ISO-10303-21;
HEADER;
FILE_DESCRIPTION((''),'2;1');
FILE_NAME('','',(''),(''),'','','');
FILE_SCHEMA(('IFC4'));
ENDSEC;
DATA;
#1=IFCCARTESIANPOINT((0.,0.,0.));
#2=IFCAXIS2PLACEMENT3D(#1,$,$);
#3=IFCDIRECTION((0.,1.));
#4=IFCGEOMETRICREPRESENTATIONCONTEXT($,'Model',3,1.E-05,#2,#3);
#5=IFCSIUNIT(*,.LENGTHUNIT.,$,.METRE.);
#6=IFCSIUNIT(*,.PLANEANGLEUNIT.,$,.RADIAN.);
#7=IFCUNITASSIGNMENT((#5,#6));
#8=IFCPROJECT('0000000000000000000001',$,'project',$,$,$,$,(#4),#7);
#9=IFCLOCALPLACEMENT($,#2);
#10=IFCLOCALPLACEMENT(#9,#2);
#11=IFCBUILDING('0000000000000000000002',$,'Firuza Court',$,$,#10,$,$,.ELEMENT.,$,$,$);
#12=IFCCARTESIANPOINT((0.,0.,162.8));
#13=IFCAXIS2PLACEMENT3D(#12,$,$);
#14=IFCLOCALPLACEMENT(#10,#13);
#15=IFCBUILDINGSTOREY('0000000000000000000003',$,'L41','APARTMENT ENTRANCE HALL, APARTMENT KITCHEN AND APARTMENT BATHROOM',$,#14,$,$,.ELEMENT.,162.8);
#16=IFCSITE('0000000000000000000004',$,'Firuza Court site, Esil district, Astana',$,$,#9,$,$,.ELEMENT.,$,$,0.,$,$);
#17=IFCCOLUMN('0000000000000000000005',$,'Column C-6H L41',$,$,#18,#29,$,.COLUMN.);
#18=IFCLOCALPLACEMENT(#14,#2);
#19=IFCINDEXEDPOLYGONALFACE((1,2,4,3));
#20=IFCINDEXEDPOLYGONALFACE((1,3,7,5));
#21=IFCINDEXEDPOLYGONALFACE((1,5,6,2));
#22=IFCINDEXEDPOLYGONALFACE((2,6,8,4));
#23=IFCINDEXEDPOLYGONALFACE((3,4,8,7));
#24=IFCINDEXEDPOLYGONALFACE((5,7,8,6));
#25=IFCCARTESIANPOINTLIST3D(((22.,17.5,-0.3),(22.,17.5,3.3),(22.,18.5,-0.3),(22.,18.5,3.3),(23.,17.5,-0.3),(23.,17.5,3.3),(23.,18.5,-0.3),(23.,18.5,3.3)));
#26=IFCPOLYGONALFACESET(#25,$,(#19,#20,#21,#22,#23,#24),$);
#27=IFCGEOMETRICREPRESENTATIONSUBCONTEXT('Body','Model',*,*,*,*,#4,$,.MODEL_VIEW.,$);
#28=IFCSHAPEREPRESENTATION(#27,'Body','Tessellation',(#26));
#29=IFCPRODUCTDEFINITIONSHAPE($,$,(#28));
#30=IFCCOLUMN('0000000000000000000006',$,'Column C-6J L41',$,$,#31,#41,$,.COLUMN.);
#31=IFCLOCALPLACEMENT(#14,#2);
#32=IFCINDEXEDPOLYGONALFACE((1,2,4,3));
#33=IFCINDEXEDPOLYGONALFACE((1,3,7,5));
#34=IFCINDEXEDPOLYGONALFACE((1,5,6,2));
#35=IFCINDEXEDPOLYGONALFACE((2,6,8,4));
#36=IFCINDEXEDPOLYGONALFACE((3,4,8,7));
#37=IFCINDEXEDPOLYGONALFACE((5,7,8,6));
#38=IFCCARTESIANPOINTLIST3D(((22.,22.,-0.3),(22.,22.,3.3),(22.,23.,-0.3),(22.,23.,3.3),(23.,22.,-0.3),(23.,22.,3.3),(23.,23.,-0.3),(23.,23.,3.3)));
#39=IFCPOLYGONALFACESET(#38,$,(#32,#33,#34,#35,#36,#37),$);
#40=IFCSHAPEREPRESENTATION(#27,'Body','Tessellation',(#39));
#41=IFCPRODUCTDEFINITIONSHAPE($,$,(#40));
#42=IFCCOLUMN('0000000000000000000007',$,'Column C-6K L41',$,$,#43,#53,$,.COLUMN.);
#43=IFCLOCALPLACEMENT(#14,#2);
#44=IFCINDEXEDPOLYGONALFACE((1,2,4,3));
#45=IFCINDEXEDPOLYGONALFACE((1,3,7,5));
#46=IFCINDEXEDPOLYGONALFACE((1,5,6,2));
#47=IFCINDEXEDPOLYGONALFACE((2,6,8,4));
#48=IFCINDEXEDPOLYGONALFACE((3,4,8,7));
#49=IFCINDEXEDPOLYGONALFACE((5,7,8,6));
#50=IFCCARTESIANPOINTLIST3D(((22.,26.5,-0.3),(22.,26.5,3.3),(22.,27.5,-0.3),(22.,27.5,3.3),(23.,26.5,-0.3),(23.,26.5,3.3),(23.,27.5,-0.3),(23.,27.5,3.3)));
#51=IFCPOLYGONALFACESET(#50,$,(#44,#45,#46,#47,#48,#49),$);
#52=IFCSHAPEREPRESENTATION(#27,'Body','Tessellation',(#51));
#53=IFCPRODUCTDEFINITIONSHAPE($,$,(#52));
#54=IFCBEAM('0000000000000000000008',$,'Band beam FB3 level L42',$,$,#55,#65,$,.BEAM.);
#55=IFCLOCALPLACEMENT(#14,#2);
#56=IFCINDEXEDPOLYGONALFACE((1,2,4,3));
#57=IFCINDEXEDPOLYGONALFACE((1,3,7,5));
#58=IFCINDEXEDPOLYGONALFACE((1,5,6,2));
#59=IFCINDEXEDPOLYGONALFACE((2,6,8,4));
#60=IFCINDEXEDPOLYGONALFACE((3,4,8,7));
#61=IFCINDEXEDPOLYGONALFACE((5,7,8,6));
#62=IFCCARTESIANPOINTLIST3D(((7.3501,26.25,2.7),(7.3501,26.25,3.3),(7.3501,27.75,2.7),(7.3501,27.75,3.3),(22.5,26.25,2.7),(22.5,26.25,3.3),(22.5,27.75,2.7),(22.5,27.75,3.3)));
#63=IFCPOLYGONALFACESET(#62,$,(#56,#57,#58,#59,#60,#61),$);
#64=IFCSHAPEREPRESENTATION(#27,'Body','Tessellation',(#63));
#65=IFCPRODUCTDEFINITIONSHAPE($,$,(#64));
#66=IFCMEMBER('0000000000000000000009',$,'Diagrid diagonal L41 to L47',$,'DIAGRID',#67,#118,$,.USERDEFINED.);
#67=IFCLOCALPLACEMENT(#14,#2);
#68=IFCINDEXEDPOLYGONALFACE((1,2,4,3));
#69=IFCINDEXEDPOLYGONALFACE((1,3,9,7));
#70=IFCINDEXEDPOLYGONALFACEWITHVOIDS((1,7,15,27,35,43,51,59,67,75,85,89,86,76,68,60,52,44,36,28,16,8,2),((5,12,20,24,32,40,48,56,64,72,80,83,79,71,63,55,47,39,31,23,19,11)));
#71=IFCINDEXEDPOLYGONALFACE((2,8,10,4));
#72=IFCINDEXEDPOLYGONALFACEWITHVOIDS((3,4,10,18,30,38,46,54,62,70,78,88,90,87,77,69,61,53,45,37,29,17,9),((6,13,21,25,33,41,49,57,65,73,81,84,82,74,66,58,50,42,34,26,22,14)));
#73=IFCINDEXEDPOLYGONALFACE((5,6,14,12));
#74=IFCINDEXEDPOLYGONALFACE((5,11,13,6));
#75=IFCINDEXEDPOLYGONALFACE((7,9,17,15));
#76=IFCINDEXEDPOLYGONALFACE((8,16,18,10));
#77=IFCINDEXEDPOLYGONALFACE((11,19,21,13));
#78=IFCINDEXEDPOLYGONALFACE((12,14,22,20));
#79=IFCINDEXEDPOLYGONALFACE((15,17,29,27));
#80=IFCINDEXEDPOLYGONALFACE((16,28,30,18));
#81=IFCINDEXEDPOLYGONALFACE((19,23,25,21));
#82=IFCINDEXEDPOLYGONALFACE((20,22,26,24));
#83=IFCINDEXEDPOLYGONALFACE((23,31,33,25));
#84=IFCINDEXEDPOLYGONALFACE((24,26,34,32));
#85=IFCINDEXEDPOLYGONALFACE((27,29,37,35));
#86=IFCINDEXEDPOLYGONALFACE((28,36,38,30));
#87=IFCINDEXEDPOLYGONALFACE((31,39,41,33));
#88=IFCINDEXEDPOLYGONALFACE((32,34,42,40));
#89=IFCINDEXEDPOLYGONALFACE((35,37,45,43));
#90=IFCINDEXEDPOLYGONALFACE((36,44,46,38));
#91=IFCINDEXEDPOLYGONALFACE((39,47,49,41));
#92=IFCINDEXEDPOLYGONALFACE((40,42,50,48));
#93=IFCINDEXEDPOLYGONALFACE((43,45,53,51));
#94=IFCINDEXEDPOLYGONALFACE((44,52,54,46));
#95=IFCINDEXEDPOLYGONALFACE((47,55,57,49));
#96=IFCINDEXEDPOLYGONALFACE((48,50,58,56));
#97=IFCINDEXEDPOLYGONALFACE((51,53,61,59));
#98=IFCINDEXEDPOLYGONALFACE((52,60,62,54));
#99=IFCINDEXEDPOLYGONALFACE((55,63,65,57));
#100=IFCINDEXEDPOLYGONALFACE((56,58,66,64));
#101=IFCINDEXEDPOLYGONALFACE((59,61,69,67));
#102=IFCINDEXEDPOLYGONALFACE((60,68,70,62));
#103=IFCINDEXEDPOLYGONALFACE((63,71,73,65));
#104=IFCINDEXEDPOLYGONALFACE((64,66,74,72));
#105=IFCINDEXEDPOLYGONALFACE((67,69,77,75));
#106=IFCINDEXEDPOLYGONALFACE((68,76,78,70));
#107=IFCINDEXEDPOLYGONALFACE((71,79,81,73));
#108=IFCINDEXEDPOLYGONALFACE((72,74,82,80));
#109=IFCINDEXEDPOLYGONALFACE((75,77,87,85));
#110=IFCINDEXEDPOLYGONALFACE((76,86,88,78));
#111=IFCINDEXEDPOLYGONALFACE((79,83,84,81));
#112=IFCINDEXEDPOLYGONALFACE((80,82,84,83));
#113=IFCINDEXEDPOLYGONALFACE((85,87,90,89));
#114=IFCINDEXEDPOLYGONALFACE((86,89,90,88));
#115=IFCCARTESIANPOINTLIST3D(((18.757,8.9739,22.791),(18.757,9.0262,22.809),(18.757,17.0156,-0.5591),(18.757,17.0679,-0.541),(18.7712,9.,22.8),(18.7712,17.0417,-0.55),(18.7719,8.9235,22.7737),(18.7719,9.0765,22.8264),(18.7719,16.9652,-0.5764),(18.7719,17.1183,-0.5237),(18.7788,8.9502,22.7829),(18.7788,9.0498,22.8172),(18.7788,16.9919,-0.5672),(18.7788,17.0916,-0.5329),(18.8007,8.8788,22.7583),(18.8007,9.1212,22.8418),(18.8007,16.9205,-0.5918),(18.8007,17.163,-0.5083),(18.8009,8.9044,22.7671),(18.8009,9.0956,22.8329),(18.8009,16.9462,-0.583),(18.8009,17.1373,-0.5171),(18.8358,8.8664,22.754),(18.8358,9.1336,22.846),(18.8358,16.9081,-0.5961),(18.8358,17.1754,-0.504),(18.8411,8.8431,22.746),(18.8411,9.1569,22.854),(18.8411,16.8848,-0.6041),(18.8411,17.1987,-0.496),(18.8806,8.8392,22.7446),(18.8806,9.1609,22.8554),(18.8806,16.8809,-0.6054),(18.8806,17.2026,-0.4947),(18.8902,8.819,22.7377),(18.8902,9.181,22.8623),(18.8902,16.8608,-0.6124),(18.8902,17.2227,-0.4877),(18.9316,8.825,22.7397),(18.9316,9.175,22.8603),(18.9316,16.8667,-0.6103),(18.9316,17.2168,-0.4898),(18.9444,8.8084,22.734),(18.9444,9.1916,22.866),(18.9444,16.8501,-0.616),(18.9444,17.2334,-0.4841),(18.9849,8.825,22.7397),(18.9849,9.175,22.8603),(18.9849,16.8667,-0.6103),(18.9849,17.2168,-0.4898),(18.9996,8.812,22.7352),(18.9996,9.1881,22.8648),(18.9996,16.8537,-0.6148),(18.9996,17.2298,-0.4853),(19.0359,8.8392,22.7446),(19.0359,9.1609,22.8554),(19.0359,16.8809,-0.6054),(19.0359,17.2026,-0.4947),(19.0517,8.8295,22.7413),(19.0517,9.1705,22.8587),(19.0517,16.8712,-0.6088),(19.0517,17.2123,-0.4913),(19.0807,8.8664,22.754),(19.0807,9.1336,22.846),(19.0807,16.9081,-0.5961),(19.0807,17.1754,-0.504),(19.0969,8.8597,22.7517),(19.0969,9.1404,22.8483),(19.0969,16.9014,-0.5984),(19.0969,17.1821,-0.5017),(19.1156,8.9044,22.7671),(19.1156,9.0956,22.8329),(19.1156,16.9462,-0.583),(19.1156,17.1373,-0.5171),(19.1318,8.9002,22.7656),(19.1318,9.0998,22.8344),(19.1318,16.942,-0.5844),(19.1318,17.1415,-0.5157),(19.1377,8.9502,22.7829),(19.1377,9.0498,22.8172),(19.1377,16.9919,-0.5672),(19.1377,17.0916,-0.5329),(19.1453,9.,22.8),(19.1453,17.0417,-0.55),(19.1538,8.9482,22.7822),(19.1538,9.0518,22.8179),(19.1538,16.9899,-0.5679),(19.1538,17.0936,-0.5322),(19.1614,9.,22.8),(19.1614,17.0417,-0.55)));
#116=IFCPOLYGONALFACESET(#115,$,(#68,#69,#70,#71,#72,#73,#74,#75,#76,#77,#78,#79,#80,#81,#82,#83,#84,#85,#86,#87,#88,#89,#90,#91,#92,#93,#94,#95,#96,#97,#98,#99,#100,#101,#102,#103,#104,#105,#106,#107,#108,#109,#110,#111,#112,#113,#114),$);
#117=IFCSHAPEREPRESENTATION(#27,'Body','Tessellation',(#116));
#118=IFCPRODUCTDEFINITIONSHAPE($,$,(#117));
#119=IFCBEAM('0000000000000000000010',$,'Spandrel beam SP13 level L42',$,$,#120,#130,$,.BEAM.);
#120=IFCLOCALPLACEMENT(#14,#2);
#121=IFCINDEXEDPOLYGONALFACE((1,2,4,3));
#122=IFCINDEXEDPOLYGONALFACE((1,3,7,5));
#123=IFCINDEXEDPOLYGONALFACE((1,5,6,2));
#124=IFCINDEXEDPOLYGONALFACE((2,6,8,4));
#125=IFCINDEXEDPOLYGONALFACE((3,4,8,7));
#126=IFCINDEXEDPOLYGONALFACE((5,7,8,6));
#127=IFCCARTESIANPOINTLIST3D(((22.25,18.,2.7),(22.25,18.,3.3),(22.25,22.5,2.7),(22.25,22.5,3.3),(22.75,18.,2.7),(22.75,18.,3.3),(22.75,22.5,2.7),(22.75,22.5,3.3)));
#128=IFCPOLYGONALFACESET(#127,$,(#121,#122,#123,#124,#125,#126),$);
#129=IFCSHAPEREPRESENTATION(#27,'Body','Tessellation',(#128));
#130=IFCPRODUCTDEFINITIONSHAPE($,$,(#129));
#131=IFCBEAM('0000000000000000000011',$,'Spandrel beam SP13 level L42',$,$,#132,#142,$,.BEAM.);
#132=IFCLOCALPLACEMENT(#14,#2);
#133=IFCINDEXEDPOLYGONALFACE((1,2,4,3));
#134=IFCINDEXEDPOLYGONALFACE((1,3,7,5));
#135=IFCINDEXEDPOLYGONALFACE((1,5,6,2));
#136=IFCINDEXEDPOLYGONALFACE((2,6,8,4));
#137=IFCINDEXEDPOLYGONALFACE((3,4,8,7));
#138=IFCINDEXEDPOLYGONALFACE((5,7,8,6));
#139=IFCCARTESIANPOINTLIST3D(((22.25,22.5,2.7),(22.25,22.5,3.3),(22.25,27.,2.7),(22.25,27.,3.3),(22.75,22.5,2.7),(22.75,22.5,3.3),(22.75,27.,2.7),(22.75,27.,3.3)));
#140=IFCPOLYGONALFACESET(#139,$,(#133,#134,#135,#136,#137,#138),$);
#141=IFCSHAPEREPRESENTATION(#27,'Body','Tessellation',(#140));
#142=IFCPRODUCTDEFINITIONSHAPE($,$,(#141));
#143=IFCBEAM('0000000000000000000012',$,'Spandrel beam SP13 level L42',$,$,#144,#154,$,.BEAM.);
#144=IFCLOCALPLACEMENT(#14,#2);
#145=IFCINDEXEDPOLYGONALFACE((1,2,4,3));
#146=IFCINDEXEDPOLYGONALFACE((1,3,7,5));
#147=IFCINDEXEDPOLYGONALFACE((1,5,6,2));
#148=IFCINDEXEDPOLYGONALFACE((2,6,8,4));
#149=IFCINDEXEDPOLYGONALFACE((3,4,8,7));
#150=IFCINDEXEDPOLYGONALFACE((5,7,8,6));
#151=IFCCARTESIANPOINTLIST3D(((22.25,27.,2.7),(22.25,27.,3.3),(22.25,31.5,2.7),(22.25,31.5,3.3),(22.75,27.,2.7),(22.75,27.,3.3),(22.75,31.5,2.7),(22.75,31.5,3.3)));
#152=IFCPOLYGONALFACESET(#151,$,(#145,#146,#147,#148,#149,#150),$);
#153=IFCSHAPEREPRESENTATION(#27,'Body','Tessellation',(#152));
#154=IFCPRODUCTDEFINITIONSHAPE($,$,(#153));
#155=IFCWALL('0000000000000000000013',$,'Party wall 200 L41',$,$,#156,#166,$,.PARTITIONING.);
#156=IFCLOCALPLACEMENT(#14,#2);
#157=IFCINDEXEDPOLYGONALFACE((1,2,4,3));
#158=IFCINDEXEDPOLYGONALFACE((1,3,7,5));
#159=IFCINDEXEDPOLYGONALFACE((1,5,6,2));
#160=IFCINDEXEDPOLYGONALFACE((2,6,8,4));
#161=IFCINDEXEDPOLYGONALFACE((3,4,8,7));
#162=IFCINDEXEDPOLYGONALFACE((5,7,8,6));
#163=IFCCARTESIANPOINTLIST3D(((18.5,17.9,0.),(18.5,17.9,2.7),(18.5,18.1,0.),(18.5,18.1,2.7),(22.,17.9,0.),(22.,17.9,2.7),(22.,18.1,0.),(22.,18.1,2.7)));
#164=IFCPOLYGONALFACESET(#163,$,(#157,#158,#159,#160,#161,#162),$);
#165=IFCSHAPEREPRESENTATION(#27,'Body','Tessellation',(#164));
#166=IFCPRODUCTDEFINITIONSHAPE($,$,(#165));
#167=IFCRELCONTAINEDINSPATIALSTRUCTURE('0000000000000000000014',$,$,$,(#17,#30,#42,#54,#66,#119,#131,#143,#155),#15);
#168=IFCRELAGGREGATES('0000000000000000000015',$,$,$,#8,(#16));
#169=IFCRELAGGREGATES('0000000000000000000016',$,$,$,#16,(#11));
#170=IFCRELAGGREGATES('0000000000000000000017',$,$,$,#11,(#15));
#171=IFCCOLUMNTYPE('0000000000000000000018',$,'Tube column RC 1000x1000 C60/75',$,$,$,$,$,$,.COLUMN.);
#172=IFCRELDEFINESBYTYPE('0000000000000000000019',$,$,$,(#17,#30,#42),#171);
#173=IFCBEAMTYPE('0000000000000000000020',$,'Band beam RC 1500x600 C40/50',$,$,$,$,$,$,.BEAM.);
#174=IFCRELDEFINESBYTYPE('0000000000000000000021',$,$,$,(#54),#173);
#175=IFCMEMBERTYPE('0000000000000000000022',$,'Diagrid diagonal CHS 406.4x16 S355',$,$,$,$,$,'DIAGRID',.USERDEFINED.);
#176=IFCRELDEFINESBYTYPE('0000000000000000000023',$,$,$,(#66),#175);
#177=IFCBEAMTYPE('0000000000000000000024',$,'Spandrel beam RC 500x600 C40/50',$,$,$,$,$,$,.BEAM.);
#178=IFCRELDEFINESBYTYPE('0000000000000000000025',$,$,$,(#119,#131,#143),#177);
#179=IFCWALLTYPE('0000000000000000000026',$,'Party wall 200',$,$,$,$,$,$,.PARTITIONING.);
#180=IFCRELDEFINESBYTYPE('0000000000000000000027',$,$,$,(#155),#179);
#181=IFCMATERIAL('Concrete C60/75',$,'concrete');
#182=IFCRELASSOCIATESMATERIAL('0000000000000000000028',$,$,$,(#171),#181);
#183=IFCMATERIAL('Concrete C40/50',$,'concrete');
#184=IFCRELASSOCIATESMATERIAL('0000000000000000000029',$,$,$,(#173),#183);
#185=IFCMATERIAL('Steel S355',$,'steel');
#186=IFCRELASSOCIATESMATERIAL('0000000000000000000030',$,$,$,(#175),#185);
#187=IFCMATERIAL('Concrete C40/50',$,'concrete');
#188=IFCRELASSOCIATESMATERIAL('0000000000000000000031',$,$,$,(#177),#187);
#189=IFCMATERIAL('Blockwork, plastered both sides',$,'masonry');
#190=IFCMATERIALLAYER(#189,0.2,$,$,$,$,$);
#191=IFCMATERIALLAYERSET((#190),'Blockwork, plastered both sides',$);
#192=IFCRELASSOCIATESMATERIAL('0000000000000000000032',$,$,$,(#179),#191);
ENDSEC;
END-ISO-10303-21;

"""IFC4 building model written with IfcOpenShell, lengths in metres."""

from ifc_helpers import new_model, si_unit, direction, frame, frame_2d, origin, origin_2d, place, context, subcontext, project, spatial, rectangle, hollow_circle, extrude, material, layer, layer_set, material_profile, profile_set, type_object, element, save


model = new_model("IFC4")

# Units and contexts
model_context = context("Model", 3, precision=1e-05, world=origin(), true_north=direction((0.0, 1.0)))
body_context = subcontext(model_context, "Body", "Model", "MODEL_VIEW")
ifc_project = project(units=[si_unit("LENGTHUNIT", "METRE"), si_unit("PLANEANGLEUNIT", "RADIAN")], contexts=[model_context])

# Site, building, storey
site_placement = place(None, origin())
site = spatial("IfcSite", under=ifc_project, at=site_placement, Name="Firuza Court site, Esil district, Astana", CompositionType="ELEMENT", RefElevation=0.0)
building_placement = place(site_placement, origin())
building = spatial("IfcBuilding", under=site, at=building_placement, Name="Firuza Court", CompositionType="ELEMENT")
storey_placement = place(building_placement, frame((0.0, 0.0, 162.8)))
storey = spatial("IfcBuildingStorey", under=building, at=storey_placement, Name="L41", Description="APARTMENT ENTRANCE HALL, APARTMENT KITCHEN AND APARTMENT BATHROOM", CompositionType="ELEMENT", Elevation=162.8)

# Columns
ifc_material_1 = material(Name="Concrete C60/75", Category="concrete")
ifc_material_profile_1 = material_profile(ifc_material_1, rectangle(XDim=1.0, YDim=1.0, at=origin_2d()), Name="RC 1000x1000")
ifc_profile_set_1 = profile_set([ifc_material_profile_1], Name="Concrete C60/75")
column_type = type_object("IfcColumnType", Name="Tube column RC 1000x1000 C60/75", PredefinedType="COLUMN", material=ifc_profile_set_1)
for number, where, z_axis, x_axis, name in (
    (1, (22.5, 18.0, -0.3), (0.0, 0.0, 1.0), (1.0, 0.0, 0.0), "Column C-6H L41"),
    (2, (22.5, 22.5, -0.3), (0.0, 0.0, 1.0), (1.0, 0.0, 0.0), "Column C-6J L41"),
    (3, (22.5, 27.0, -0.3), (0.0, 0.0, 1.0), (1.0, 0.0, 0.0), "Column C-6K L41"),
):
    element("IfcColumn", number, at=place(storey_placement, frame(where, z_axis=z_axis, x_axis=x_axis)), inside=storey, type_object=column_type, Name=name, PredefinedType="COLUMN", context=body_context, shape_type="SweptSolid", body=[
        extrude(rectangle(XDim=1.0, YDim=1.0, at=origin_2d()), origin(), (0.0, 0.0, 1.0), 3.6001),
    ])

# Beam
ifc_material_2 = material(Name="Concrete C40/50", Category="concrete")
ifc_material_profile_2 = material_profile(ifc_material_2, rectangle(XDim=1.5, YDim=0.6001, at=origin_2d()), Name="RC 1500x600")
ifc_profile_set_2 = profile_set([ifc_material_profile_2], Name="Concrete C40/50")
beam_type_1 = type_object("IfcBeamType", Name="Band beam RC 1500x600 C40/50", PredefinedType="BEAM", material=ifc_profile_set_2)
beam_placement = place(storey_placement, frame((22.5, 27.0, 3.0), z_axis=(-1.0, 0.0, 0.0), x_axis=(0.0, -1.0, 0.0)))
element("IfcBeam", 4, at=beam_placement, inside=storey, type_object=beam_type_1, Name="Band beam FB3 level L42", PredefinedType="BEAM", context=body_context, shape_type="SweptSolid", body=[
    extrude(rectangle(XDim=1.5, YDim=0.6001, at=origin_2d()), origin(), (0.0, 0.0, 1.0), 15.1499),
])

# Member
ifc_material_3 = material(Name="Steel S355", Category="steel")
ifc_material_profile_3 = material_profile(ifc_material_3, hollow_circle(Radius=0.2031, WallThickness=0.0161, at=origin_2d()), Name="CHS 406.4x16")
ifc_profile_set_3 = profile_set([ifc_material_profile_3], Name="Steel S355")
member_type = type_object("IfcMemberType", Name="Diagrid diagonal CHS 406.4x16 S355", ElementType="DIAGRID", PredefinedType="USERDEFINED", material=ifc_profile_set_3)
member_placement = place(storey_placement, frame((18.9583, 17.0417, -0.55), z_axis=(0.0, -0.325628, 0.945498), x_axis=(1.0, 0.0, 0.0)))
element("IfcMember", 5, at=member_placement, inside=storey, type_object=member_type, Name="Diagrid diagonal L41 to L47", ObjectType="DIAGRID", PredefinedType="USERDEFINED", context=body_context, shape_type="SweptSolid", body=[
    extrude(hollow_circle(Radius=0.2031, WallThickness=0.0161, at=origin_2d()), origin(), (0.0, 0.0, 1.0), 24.696),
])

# Beams
ifc_material_4 = material(Name="Concrete C40/50", Category="concrete")
ifc_material_profile_4 = material_profile(ifc_material_4, rectangle(XDim=0.5, YDim=0.6001, at=origin_2d()), Name="RC 500x600")
ifc_profile_set_4 = profile_set([ifc_material_profile_4], Name="Concrete C40/50")
beam_type_2 = type_object("IfcBeamType", Name="Spandrel beam RC 500x600 C40/50", PredefinedType="BEAM", material=ifc_profile_set_4)
for number, where, z_axis, x_axis, name in (
    (6, (22.5, 18.0, 3.0), (0.0, 1.0, 0.0), (-1.0, 0.0, 0.0), "Spandrel beam SP13 level L42"),
    (7, (22.5, 22.5, 3.0), (0.0, 1.0, 0.0), (-1.0, 0.0, 0.0), "Spandrel beam SP13 level L42"),
    (8, (22.5, 27.0, 3.0), (0.0, 1.0, 0.0), (-1.0, 0.0, 0.0), "Spandrel beam SP13 level L42"),
):
    element("IfcBeam", number, at=place(storey_placement, frame(where, z_axis=z_axis, x_axis=x_axis)), inside=storey, type_object=beam_type_2, Name=name, PredefinedType="BEAM", context=body_context, shape_type="SweptSolid", body=[
        extrude(rectangle(XDim=0.5, YDim=0.6001, at=origin_2d()), origin(), (0.0, 0.0, 1.0), 4.5),
    ])

# Wall
ifc_material_5 = material(Name="Blockwork, plastered both sides", Category="masonry")
ifc_layer_1 = layer(ifc_material_5, 0.2)
ifc_layer_set_1 = layer_set([ifc_layer_1], Name="Blockwork, plastered both sides")
wall_type_1 = type_object("IfcWallType", Name="Party wall 200", PredefinedType="PARTITIONING", material=ifc_layer_set_1)
wall_1_placement = place(storey_placement, frame((18.5, 18.0, 0.0), z_axis=(0.0, 0.0, 1.0), x_axis=(1.0, 0.0, 0.0)))
element("IfcWall", 9, at=wall_1_placement, inside=storey, type_object=wall_type_1, Name="Party wall 200 L41", PredefinedType="PARTITIONING", context=body_context, shape_type="SweptSolid", body=[
    extrude(rectangle(XDim=3.5, YDim=0.2, at=frame_2d((1.75, 0.0))), origin(), (0.0, 0.0, 1.0), 2.7),
])

save(model, "model.ifc")
